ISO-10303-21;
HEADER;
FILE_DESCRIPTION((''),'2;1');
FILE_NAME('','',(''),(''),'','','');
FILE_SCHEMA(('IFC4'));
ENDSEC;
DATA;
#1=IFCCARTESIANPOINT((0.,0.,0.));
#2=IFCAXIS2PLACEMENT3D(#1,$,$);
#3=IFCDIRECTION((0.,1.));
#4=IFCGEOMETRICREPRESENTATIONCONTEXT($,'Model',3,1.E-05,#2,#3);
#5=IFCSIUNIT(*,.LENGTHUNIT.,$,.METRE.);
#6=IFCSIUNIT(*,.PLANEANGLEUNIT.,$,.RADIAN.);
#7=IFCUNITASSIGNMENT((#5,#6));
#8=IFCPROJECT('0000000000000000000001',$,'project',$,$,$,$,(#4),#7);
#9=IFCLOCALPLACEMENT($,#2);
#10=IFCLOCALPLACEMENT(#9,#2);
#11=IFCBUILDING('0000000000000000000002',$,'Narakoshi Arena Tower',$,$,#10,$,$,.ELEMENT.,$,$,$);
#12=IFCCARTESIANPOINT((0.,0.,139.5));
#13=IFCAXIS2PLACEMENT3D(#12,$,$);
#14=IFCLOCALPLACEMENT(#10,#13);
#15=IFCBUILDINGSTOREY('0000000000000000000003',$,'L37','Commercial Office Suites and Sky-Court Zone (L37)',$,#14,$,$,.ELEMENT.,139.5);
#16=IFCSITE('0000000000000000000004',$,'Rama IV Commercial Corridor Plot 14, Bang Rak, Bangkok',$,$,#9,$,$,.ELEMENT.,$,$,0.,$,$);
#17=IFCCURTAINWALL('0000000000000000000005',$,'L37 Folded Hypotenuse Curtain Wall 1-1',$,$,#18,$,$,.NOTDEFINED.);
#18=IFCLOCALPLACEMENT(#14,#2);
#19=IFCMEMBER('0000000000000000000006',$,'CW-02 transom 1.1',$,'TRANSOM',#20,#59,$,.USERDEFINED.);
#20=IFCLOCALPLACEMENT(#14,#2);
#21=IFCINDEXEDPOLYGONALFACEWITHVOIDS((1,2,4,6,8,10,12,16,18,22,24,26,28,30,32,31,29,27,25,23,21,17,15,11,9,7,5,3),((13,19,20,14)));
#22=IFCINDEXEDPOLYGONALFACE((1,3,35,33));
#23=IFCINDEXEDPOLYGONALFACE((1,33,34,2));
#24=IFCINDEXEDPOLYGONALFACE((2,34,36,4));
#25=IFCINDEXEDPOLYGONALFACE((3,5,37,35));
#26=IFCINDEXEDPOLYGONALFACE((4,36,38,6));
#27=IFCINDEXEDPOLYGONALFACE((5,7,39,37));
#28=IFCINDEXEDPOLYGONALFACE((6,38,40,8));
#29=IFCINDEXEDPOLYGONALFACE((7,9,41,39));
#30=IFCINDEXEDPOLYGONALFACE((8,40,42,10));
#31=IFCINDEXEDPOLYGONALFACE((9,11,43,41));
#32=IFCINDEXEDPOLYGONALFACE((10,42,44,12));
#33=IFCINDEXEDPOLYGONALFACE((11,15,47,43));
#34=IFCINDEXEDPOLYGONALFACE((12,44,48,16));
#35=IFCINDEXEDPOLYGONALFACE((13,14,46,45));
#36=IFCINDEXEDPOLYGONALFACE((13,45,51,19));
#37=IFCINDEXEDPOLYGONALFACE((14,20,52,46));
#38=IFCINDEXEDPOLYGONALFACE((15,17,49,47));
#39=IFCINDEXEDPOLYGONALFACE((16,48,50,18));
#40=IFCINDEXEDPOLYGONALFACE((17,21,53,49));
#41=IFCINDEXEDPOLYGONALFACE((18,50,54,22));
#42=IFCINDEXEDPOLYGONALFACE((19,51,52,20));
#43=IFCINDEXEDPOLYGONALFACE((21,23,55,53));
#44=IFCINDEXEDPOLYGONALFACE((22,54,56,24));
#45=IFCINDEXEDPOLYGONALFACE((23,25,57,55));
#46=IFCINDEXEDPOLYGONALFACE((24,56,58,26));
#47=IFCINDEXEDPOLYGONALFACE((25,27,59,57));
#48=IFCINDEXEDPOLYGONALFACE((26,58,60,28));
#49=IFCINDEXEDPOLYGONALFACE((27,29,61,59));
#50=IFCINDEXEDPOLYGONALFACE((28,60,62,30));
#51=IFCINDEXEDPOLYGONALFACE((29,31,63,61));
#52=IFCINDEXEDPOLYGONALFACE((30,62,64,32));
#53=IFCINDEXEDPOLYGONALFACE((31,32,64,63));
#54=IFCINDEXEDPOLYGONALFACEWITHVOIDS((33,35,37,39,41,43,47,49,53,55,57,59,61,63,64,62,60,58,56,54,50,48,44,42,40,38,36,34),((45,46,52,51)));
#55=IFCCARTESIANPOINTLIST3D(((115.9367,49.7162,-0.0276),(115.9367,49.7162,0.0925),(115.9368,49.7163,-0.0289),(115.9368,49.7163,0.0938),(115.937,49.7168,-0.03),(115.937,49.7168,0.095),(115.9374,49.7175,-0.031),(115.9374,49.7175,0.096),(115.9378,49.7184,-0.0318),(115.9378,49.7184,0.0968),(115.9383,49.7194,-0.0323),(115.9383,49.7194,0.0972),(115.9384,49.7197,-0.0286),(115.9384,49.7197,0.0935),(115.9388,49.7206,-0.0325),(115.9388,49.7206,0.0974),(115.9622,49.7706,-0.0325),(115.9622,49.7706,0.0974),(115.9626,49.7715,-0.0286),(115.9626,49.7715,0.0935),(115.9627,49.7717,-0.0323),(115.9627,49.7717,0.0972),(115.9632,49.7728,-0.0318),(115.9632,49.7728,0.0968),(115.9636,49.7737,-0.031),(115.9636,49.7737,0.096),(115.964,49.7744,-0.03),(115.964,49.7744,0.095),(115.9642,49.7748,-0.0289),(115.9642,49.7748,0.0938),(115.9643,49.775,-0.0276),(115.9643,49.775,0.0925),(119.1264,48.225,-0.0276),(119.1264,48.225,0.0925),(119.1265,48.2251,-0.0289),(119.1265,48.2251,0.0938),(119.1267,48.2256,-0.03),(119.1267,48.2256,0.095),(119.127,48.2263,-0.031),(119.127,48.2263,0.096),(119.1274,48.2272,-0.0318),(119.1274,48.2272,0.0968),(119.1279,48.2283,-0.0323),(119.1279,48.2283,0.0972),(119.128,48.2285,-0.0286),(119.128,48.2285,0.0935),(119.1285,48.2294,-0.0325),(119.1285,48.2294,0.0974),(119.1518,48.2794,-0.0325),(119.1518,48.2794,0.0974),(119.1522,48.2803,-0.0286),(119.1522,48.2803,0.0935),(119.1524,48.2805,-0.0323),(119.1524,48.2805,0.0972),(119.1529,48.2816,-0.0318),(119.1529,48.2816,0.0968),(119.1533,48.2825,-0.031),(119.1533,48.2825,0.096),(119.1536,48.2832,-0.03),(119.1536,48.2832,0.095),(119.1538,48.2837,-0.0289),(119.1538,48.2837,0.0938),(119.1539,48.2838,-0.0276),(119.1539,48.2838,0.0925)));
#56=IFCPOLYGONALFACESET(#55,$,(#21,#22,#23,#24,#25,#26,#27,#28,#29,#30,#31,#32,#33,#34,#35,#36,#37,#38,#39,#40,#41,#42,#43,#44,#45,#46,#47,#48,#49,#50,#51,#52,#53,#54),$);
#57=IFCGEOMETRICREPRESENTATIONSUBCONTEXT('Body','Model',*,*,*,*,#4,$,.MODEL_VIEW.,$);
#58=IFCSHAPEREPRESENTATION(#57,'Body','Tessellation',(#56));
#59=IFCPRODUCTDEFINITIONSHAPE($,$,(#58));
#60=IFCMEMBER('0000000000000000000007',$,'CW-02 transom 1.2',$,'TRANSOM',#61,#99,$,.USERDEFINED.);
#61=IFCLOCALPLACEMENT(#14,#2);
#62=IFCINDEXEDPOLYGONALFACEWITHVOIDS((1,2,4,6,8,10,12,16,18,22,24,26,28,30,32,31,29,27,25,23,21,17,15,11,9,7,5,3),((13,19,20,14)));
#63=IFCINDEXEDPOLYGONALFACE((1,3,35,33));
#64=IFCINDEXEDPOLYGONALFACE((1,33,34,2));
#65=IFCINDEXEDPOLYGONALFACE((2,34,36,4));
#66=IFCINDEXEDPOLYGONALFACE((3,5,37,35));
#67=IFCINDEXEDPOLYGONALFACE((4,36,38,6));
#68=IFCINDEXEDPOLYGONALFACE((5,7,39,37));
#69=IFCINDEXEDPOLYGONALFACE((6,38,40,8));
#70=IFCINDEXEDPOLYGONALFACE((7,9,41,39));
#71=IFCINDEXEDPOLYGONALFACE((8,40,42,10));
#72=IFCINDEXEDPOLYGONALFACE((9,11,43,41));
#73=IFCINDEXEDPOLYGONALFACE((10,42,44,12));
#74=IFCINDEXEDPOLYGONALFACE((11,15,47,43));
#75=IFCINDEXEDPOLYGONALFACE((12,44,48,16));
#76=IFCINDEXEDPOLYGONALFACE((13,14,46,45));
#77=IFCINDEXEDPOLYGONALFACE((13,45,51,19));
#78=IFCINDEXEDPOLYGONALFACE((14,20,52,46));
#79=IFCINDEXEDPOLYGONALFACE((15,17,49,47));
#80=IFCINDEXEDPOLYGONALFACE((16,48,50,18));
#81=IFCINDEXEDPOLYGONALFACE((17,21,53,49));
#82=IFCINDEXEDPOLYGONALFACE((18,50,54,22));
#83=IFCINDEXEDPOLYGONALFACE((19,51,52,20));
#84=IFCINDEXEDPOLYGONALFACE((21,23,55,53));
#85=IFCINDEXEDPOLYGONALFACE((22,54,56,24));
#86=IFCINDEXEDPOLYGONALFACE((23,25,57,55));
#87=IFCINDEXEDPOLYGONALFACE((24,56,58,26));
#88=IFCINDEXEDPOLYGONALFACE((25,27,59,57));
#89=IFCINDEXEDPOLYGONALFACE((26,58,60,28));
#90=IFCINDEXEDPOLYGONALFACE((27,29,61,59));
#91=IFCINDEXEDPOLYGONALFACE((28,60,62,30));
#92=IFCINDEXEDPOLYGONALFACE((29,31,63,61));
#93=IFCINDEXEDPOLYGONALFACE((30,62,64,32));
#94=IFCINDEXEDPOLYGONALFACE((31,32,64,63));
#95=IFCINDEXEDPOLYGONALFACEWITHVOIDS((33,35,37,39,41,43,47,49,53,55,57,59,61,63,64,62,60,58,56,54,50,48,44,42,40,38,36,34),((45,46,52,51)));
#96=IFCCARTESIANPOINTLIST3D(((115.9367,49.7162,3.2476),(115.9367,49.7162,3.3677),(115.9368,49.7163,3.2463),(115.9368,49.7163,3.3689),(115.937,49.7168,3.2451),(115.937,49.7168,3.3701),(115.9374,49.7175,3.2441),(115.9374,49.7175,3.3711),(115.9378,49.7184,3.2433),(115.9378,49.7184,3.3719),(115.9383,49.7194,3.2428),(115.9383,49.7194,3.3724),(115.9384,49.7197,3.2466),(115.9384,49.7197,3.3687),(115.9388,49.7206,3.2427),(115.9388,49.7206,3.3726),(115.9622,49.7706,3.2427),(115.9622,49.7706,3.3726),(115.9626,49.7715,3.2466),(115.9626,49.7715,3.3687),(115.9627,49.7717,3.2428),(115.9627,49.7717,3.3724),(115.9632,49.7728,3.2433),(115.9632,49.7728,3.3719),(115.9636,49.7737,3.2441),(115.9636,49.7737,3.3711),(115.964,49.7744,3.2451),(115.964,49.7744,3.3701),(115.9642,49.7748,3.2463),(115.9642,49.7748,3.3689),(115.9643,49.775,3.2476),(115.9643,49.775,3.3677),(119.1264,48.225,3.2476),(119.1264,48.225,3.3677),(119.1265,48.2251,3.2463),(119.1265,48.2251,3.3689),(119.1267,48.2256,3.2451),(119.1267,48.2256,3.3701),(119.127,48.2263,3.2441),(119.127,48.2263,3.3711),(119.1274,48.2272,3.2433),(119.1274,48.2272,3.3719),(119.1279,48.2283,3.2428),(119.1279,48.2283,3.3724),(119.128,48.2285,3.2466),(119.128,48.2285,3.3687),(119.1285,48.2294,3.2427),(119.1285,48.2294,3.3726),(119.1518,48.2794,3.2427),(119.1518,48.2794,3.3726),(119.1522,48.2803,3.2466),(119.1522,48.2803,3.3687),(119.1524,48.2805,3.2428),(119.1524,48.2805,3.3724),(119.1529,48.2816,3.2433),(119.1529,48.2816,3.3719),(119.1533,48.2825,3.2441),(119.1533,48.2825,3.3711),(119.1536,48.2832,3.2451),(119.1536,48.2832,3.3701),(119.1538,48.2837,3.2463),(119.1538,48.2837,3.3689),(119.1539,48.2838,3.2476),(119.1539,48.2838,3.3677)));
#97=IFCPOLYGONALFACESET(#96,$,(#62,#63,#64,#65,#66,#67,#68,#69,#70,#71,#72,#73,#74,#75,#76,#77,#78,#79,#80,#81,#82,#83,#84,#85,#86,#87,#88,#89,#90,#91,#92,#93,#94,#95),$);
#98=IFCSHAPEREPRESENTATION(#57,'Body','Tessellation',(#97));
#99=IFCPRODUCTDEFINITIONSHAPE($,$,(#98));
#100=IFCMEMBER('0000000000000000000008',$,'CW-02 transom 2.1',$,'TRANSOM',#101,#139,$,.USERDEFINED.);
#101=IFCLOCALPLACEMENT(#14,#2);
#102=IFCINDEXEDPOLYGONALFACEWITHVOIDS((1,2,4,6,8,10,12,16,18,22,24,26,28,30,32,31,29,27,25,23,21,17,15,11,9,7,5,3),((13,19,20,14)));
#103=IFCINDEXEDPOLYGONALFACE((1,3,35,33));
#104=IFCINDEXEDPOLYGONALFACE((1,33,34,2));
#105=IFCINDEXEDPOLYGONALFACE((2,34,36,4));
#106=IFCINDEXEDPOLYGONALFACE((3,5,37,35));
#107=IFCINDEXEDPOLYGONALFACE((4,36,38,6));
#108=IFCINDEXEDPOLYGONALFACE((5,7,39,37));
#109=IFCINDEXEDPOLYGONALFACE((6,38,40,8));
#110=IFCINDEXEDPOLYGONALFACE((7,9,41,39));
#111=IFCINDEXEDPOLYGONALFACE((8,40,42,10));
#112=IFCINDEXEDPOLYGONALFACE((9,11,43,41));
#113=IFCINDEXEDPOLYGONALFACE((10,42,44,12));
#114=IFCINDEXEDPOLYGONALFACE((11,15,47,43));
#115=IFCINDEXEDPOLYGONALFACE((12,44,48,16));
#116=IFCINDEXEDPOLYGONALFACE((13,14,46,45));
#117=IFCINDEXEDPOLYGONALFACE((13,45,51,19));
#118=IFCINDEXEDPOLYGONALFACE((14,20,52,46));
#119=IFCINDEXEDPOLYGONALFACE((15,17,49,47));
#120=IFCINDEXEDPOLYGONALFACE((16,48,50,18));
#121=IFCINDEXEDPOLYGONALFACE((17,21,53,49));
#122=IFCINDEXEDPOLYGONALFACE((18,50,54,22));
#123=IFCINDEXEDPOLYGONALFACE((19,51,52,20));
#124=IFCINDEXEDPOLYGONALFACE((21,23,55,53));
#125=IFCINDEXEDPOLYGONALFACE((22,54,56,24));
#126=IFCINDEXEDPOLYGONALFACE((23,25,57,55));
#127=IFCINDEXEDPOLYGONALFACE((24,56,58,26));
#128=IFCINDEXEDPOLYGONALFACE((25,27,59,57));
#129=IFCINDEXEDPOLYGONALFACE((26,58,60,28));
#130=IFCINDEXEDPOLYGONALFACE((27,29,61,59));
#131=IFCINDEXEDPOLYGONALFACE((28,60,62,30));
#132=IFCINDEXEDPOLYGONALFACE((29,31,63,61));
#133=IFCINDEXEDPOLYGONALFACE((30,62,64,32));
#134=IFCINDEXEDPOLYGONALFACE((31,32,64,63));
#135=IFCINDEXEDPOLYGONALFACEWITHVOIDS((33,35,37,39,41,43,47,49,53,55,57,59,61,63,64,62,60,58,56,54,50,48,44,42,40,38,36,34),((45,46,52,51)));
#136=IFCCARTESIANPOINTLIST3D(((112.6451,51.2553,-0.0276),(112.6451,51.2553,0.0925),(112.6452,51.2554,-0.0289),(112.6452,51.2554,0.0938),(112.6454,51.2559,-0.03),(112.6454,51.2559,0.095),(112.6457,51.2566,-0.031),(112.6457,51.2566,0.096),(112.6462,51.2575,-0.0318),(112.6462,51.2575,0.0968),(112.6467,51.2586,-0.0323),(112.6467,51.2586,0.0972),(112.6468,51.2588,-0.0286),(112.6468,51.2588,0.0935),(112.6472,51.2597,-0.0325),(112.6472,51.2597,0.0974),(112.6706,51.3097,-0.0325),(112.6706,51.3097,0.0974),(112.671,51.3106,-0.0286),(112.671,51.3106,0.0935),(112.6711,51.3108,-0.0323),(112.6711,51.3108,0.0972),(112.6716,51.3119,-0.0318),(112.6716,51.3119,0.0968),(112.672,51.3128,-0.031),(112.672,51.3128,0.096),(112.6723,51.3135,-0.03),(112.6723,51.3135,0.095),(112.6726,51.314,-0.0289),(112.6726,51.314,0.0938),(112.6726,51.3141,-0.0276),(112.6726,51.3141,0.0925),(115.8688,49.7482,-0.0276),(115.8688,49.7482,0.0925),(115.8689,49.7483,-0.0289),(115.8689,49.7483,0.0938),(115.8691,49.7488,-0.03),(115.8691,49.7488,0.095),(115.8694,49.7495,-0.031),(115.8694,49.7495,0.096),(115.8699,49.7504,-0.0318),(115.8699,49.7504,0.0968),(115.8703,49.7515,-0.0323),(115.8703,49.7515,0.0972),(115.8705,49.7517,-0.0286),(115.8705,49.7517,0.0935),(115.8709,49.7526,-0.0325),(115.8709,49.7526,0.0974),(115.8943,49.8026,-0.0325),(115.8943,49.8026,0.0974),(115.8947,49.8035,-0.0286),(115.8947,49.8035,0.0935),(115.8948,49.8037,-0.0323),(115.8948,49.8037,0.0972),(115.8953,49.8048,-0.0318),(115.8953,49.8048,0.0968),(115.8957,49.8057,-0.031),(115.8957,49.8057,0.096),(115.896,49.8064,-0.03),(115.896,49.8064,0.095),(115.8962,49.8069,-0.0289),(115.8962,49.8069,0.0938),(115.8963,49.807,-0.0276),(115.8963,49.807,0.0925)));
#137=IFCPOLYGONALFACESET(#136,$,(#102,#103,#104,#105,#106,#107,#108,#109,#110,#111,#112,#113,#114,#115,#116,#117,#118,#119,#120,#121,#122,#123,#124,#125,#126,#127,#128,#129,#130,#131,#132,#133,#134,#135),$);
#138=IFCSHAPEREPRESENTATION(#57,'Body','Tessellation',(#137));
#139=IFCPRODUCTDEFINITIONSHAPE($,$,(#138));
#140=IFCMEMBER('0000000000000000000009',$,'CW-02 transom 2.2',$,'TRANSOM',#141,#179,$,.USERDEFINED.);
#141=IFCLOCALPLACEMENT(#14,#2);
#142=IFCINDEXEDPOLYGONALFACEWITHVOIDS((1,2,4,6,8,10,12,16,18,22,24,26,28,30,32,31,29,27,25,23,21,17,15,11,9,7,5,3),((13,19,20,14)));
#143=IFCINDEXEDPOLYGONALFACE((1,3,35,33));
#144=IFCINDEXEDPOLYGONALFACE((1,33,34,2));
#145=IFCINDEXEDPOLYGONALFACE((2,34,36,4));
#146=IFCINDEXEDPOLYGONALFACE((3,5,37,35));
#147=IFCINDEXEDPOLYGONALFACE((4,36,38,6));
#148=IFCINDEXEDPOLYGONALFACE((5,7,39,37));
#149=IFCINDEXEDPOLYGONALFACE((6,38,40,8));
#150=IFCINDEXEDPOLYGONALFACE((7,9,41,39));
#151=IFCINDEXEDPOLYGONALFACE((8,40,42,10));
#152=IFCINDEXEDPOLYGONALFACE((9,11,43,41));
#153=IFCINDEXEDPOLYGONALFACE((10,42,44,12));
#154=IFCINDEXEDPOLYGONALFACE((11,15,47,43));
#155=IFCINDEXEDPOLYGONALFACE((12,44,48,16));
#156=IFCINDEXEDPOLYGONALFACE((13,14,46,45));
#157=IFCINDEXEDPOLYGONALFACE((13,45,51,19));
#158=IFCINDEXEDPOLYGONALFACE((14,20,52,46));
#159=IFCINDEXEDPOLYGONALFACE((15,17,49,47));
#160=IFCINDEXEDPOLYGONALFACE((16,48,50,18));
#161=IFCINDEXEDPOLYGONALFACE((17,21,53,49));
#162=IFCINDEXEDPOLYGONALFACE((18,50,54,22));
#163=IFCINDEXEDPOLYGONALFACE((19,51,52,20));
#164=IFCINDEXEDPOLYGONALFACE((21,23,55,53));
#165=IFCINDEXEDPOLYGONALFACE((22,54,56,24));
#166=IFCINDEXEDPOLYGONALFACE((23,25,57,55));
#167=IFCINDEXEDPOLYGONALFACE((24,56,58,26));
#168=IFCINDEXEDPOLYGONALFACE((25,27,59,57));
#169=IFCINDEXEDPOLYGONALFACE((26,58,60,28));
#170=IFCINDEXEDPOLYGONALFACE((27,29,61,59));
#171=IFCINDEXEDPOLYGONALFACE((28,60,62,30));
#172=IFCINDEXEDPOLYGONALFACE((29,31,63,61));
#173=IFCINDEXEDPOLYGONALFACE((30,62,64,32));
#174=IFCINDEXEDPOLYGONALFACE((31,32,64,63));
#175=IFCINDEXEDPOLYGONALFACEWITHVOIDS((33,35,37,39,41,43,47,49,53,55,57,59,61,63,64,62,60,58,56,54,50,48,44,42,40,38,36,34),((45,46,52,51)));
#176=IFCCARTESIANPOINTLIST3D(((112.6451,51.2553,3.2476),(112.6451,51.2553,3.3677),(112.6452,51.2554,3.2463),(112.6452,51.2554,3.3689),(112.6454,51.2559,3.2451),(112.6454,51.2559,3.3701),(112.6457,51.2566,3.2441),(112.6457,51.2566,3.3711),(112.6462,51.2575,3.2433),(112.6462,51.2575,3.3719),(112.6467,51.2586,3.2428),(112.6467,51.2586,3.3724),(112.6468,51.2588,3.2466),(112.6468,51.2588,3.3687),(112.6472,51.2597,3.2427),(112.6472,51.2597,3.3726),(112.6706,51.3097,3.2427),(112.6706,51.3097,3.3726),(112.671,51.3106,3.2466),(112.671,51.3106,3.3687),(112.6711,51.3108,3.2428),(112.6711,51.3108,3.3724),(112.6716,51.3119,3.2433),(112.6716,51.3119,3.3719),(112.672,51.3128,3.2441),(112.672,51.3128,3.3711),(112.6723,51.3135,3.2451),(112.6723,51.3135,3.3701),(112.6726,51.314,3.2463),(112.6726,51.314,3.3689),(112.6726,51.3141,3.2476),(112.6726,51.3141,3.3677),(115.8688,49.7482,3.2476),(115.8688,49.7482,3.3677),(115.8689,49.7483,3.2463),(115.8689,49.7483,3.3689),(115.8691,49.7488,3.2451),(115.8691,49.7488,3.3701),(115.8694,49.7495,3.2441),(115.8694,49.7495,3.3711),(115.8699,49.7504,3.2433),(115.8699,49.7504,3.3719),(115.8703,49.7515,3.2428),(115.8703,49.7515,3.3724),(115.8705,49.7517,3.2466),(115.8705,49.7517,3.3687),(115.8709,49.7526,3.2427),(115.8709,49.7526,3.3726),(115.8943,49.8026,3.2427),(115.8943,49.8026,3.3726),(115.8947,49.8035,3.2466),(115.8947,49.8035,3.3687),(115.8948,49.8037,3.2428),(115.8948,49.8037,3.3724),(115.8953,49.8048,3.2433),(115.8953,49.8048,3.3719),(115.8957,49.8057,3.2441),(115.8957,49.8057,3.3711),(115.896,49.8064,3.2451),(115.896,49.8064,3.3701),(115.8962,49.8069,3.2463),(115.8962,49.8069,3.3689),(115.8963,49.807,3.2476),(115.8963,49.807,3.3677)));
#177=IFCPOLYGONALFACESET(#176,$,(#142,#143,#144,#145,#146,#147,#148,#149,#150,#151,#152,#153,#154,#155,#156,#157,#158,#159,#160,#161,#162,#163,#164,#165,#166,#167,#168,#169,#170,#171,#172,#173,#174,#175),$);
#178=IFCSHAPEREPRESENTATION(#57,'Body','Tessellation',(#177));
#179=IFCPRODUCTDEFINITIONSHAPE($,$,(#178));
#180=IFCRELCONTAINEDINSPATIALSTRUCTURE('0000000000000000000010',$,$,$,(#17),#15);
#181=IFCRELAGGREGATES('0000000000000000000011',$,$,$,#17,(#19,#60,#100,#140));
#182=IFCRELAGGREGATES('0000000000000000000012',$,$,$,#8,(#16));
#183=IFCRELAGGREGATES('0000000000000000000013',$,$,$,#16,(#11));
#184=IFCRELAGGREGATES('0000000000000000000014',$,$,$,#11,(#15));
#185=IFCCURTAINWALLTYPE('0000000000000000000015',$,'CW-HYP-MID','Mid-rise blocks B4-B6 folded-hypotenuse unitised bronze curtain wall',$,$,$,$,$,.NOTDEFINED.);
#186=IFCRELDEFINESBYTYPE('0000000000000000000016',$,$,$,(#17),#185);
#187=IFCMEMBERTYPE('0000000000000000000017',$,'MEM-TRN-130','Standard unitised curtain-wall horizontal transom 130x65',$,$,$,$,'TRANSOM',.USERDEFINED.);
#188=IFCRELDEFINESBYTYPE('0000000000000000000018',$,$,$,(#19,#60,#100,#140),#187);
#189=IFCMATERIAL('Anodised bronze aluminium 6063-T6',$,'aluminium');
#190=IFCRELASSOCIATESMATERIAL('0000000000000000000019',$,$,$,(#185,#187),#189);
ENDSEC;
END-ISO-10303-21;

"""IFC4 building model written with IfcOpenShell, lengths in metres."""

from ifc_helpers import new_model, si_unit, direction, frame, origin, origin_2d, place, context, subcontext, project, spatial, hollow_rectangle, extrude, material, material_profile, profile_set, type_object, element, aggregate, save


model = new_model("IFC4")

# Units and contexts
model_context = context("Model", 3, precision=1e-05, world=origin(), true_north=direction((0.0, 1.0)))
body_context = subcontext(model_context, "Body", "Model", "MODEL_VIEW")
ifc_project = project(units=[si_unit("LENGTHUNIT", "METRE"), si_unit("PLANEANGLEUNIT", "RADIAN")], contexts=[model_context])

# Site, building, storey
site_placement = place(None, origin())
site = spatial("IfcSite", under=ifc_project, at=site_placement, Name="Rama IV Commercial Corridor Plot 14, Bang Rak, Bangkok", CompositionType="ELEMENT", RefElevation=0.0)
building_placement = place(site_placement, origin())
building = spatial("IfcBuilding", under=site, at=building_placement, Name="Narakoshi Arena Tower", CompositionType="ELEMENT")
storey_placement = place(building_placement, frame((0.0, 0.0, 139.5)))
storey = spatial("IfcBuildingStorey", under=building, at=storey_placement, Name="L37", Description="Commercial Office Suites and Sky-Court Zone (L37)", CompositionType="ELEMENT", Elevation=139.5)

# Curtain wall, members
ifc_material_1 = material(Name="Anodised bronze aluminium 6063-T6", Category="aluminium")
curtain_wall_type = type_object("IfcCurtainWallType", Name="CW-HYP-MID", Description="Mid-rise blocks B4-B6 folded-hypotenuse unitised bronze curtain wall", PredefinedType="NOTDEFINED", material=ifc_material_1)
curtain_wall_placement = place(storey_placement, origin())
curtain_wall = element("IfcCurtainWall", 1, at=curtain_wall_placement, inside=storey, type_object=curtain_wall_type, Name="L37 Folded Hypotenuse Curtain Wall 1-1", PredefinedType="NOTDEFINED")
ifc_material_profile_1 = material_profile(ifc_material_1, hollow_rectangle(XDim=0.0649, YDim=0.1299, WallThickness=0.0039, OuterFilletRadius=0.0049, at=origin_2d()), Name="TRN130x65x4")
ifc_profile_set_1 = profile_set([ifc_material_profile_1], Name="Anodised bronze aluminium 6063-T6")
member_type_1 = type_object("IfcMemberType", Name="MEM-TRN-130", Description="Standard unitised curtain-wall horizontal transom 130x65", ElementType="TRANSOM", PredefinedType="USERDEFINED", material=ifc_profile_set_1)
member_1_placement = place(storey_placement, frame((119.1401, 48.2544, 0.0325), z_axis=(-0.905891, 0.423512, 0.0), x_axis=(-0.423512, -0.905891, 0.0)))
member_1 = element("IfcMember", 2, at=member_1_placement, type_object=member_type_1, Name="CW-02 transom 1.1", ObjectType="TRANSOM", PredefinedType="USERDEFINED", context=body_context, shape_type="SweptSolid", body=[
    extrude(hollow_rectangle(XDim=0.0649, YDim=0.1299, WallThickness=0.0039, OuterFilletRadius=0.0049, at=origin_2d()), origin(), (0.0, 0.0, 1.0), 3.521),
])
member_2_placement = place(storey_placement, frame((119.1401, 48.2544, 3.3076), z_axis=(-0.905891, 0.423512, 0.0), x_axis=(-0.423512, -0.905891, 0.0)))
member_2 = element("IfcMember", 3, at=member_2_placement, type_object=member_type_1, Name="CW-02 transom 1.2", ObjectType="TRANSOM", PredefinedType="USERDEFINED", context=body_context, shape_type="SweptSolid", body=[
    extrude(hollow_rectangle(XDim=0.0649, YDim=0.1299, WallThickness=0.0039, OuterFilletRadius=0.0049, at=origin_2d()), origin(), (0.0, 0.0, 1.0), 3.521),
])
member_3_placement = place(storey_placement, frame((115.8826, 49.7776, 0.0325), z_axis=(-0.90589, 0.423513, 0.0), x_axis=(-0.423513, -0.90589, 0.0)))
member_3 = element("IfcMember", 4, at=member_3_placement, type_object=member_type_1, Name="CW-02 transom 2.1", ObjectType="TRANSOM", PredefinedType="USERDEFINED", context=body_context, shape_type="SweptSolid", body=[
    extrude(hollow_rectangle(XDim=0.0649, YDim=0.1299, WallThickness=0.0039, OuterFilletRadius=0.0049, at=origin_2d()), origin(), (0.0, 0.0, 1.0), 3.5586),
])
member_4_placement = place(storey_placement, frame((115.8826, 49.7776, 3.3076), z_axis=(-0.90589, 0.423513, 0.0), x_axis=(-0.423513, -0.90589, 0.0)))
member_4 = element("IfcMember", 5, at=member_4_placement, type_object=member_type_1, Name="CW-02 transom 2.2", ObjectType="TRANSOM", PredefinedType="USERDEFINED", context=body_context, shape_type="SweptSolid", body=[
    extrude(hollow_rectangle(XDim=0.0649, YDim=0.1299, WallThickness=0.0039, OuterFilletRadius=0.0049, at=origin_2d()), origin(), (0.0, 0.0, 1.0), 3.5586),
])
aggregate(curtain_wall, [member_1, member_2, member_3, member_4])

save(model, "model.ifc")
